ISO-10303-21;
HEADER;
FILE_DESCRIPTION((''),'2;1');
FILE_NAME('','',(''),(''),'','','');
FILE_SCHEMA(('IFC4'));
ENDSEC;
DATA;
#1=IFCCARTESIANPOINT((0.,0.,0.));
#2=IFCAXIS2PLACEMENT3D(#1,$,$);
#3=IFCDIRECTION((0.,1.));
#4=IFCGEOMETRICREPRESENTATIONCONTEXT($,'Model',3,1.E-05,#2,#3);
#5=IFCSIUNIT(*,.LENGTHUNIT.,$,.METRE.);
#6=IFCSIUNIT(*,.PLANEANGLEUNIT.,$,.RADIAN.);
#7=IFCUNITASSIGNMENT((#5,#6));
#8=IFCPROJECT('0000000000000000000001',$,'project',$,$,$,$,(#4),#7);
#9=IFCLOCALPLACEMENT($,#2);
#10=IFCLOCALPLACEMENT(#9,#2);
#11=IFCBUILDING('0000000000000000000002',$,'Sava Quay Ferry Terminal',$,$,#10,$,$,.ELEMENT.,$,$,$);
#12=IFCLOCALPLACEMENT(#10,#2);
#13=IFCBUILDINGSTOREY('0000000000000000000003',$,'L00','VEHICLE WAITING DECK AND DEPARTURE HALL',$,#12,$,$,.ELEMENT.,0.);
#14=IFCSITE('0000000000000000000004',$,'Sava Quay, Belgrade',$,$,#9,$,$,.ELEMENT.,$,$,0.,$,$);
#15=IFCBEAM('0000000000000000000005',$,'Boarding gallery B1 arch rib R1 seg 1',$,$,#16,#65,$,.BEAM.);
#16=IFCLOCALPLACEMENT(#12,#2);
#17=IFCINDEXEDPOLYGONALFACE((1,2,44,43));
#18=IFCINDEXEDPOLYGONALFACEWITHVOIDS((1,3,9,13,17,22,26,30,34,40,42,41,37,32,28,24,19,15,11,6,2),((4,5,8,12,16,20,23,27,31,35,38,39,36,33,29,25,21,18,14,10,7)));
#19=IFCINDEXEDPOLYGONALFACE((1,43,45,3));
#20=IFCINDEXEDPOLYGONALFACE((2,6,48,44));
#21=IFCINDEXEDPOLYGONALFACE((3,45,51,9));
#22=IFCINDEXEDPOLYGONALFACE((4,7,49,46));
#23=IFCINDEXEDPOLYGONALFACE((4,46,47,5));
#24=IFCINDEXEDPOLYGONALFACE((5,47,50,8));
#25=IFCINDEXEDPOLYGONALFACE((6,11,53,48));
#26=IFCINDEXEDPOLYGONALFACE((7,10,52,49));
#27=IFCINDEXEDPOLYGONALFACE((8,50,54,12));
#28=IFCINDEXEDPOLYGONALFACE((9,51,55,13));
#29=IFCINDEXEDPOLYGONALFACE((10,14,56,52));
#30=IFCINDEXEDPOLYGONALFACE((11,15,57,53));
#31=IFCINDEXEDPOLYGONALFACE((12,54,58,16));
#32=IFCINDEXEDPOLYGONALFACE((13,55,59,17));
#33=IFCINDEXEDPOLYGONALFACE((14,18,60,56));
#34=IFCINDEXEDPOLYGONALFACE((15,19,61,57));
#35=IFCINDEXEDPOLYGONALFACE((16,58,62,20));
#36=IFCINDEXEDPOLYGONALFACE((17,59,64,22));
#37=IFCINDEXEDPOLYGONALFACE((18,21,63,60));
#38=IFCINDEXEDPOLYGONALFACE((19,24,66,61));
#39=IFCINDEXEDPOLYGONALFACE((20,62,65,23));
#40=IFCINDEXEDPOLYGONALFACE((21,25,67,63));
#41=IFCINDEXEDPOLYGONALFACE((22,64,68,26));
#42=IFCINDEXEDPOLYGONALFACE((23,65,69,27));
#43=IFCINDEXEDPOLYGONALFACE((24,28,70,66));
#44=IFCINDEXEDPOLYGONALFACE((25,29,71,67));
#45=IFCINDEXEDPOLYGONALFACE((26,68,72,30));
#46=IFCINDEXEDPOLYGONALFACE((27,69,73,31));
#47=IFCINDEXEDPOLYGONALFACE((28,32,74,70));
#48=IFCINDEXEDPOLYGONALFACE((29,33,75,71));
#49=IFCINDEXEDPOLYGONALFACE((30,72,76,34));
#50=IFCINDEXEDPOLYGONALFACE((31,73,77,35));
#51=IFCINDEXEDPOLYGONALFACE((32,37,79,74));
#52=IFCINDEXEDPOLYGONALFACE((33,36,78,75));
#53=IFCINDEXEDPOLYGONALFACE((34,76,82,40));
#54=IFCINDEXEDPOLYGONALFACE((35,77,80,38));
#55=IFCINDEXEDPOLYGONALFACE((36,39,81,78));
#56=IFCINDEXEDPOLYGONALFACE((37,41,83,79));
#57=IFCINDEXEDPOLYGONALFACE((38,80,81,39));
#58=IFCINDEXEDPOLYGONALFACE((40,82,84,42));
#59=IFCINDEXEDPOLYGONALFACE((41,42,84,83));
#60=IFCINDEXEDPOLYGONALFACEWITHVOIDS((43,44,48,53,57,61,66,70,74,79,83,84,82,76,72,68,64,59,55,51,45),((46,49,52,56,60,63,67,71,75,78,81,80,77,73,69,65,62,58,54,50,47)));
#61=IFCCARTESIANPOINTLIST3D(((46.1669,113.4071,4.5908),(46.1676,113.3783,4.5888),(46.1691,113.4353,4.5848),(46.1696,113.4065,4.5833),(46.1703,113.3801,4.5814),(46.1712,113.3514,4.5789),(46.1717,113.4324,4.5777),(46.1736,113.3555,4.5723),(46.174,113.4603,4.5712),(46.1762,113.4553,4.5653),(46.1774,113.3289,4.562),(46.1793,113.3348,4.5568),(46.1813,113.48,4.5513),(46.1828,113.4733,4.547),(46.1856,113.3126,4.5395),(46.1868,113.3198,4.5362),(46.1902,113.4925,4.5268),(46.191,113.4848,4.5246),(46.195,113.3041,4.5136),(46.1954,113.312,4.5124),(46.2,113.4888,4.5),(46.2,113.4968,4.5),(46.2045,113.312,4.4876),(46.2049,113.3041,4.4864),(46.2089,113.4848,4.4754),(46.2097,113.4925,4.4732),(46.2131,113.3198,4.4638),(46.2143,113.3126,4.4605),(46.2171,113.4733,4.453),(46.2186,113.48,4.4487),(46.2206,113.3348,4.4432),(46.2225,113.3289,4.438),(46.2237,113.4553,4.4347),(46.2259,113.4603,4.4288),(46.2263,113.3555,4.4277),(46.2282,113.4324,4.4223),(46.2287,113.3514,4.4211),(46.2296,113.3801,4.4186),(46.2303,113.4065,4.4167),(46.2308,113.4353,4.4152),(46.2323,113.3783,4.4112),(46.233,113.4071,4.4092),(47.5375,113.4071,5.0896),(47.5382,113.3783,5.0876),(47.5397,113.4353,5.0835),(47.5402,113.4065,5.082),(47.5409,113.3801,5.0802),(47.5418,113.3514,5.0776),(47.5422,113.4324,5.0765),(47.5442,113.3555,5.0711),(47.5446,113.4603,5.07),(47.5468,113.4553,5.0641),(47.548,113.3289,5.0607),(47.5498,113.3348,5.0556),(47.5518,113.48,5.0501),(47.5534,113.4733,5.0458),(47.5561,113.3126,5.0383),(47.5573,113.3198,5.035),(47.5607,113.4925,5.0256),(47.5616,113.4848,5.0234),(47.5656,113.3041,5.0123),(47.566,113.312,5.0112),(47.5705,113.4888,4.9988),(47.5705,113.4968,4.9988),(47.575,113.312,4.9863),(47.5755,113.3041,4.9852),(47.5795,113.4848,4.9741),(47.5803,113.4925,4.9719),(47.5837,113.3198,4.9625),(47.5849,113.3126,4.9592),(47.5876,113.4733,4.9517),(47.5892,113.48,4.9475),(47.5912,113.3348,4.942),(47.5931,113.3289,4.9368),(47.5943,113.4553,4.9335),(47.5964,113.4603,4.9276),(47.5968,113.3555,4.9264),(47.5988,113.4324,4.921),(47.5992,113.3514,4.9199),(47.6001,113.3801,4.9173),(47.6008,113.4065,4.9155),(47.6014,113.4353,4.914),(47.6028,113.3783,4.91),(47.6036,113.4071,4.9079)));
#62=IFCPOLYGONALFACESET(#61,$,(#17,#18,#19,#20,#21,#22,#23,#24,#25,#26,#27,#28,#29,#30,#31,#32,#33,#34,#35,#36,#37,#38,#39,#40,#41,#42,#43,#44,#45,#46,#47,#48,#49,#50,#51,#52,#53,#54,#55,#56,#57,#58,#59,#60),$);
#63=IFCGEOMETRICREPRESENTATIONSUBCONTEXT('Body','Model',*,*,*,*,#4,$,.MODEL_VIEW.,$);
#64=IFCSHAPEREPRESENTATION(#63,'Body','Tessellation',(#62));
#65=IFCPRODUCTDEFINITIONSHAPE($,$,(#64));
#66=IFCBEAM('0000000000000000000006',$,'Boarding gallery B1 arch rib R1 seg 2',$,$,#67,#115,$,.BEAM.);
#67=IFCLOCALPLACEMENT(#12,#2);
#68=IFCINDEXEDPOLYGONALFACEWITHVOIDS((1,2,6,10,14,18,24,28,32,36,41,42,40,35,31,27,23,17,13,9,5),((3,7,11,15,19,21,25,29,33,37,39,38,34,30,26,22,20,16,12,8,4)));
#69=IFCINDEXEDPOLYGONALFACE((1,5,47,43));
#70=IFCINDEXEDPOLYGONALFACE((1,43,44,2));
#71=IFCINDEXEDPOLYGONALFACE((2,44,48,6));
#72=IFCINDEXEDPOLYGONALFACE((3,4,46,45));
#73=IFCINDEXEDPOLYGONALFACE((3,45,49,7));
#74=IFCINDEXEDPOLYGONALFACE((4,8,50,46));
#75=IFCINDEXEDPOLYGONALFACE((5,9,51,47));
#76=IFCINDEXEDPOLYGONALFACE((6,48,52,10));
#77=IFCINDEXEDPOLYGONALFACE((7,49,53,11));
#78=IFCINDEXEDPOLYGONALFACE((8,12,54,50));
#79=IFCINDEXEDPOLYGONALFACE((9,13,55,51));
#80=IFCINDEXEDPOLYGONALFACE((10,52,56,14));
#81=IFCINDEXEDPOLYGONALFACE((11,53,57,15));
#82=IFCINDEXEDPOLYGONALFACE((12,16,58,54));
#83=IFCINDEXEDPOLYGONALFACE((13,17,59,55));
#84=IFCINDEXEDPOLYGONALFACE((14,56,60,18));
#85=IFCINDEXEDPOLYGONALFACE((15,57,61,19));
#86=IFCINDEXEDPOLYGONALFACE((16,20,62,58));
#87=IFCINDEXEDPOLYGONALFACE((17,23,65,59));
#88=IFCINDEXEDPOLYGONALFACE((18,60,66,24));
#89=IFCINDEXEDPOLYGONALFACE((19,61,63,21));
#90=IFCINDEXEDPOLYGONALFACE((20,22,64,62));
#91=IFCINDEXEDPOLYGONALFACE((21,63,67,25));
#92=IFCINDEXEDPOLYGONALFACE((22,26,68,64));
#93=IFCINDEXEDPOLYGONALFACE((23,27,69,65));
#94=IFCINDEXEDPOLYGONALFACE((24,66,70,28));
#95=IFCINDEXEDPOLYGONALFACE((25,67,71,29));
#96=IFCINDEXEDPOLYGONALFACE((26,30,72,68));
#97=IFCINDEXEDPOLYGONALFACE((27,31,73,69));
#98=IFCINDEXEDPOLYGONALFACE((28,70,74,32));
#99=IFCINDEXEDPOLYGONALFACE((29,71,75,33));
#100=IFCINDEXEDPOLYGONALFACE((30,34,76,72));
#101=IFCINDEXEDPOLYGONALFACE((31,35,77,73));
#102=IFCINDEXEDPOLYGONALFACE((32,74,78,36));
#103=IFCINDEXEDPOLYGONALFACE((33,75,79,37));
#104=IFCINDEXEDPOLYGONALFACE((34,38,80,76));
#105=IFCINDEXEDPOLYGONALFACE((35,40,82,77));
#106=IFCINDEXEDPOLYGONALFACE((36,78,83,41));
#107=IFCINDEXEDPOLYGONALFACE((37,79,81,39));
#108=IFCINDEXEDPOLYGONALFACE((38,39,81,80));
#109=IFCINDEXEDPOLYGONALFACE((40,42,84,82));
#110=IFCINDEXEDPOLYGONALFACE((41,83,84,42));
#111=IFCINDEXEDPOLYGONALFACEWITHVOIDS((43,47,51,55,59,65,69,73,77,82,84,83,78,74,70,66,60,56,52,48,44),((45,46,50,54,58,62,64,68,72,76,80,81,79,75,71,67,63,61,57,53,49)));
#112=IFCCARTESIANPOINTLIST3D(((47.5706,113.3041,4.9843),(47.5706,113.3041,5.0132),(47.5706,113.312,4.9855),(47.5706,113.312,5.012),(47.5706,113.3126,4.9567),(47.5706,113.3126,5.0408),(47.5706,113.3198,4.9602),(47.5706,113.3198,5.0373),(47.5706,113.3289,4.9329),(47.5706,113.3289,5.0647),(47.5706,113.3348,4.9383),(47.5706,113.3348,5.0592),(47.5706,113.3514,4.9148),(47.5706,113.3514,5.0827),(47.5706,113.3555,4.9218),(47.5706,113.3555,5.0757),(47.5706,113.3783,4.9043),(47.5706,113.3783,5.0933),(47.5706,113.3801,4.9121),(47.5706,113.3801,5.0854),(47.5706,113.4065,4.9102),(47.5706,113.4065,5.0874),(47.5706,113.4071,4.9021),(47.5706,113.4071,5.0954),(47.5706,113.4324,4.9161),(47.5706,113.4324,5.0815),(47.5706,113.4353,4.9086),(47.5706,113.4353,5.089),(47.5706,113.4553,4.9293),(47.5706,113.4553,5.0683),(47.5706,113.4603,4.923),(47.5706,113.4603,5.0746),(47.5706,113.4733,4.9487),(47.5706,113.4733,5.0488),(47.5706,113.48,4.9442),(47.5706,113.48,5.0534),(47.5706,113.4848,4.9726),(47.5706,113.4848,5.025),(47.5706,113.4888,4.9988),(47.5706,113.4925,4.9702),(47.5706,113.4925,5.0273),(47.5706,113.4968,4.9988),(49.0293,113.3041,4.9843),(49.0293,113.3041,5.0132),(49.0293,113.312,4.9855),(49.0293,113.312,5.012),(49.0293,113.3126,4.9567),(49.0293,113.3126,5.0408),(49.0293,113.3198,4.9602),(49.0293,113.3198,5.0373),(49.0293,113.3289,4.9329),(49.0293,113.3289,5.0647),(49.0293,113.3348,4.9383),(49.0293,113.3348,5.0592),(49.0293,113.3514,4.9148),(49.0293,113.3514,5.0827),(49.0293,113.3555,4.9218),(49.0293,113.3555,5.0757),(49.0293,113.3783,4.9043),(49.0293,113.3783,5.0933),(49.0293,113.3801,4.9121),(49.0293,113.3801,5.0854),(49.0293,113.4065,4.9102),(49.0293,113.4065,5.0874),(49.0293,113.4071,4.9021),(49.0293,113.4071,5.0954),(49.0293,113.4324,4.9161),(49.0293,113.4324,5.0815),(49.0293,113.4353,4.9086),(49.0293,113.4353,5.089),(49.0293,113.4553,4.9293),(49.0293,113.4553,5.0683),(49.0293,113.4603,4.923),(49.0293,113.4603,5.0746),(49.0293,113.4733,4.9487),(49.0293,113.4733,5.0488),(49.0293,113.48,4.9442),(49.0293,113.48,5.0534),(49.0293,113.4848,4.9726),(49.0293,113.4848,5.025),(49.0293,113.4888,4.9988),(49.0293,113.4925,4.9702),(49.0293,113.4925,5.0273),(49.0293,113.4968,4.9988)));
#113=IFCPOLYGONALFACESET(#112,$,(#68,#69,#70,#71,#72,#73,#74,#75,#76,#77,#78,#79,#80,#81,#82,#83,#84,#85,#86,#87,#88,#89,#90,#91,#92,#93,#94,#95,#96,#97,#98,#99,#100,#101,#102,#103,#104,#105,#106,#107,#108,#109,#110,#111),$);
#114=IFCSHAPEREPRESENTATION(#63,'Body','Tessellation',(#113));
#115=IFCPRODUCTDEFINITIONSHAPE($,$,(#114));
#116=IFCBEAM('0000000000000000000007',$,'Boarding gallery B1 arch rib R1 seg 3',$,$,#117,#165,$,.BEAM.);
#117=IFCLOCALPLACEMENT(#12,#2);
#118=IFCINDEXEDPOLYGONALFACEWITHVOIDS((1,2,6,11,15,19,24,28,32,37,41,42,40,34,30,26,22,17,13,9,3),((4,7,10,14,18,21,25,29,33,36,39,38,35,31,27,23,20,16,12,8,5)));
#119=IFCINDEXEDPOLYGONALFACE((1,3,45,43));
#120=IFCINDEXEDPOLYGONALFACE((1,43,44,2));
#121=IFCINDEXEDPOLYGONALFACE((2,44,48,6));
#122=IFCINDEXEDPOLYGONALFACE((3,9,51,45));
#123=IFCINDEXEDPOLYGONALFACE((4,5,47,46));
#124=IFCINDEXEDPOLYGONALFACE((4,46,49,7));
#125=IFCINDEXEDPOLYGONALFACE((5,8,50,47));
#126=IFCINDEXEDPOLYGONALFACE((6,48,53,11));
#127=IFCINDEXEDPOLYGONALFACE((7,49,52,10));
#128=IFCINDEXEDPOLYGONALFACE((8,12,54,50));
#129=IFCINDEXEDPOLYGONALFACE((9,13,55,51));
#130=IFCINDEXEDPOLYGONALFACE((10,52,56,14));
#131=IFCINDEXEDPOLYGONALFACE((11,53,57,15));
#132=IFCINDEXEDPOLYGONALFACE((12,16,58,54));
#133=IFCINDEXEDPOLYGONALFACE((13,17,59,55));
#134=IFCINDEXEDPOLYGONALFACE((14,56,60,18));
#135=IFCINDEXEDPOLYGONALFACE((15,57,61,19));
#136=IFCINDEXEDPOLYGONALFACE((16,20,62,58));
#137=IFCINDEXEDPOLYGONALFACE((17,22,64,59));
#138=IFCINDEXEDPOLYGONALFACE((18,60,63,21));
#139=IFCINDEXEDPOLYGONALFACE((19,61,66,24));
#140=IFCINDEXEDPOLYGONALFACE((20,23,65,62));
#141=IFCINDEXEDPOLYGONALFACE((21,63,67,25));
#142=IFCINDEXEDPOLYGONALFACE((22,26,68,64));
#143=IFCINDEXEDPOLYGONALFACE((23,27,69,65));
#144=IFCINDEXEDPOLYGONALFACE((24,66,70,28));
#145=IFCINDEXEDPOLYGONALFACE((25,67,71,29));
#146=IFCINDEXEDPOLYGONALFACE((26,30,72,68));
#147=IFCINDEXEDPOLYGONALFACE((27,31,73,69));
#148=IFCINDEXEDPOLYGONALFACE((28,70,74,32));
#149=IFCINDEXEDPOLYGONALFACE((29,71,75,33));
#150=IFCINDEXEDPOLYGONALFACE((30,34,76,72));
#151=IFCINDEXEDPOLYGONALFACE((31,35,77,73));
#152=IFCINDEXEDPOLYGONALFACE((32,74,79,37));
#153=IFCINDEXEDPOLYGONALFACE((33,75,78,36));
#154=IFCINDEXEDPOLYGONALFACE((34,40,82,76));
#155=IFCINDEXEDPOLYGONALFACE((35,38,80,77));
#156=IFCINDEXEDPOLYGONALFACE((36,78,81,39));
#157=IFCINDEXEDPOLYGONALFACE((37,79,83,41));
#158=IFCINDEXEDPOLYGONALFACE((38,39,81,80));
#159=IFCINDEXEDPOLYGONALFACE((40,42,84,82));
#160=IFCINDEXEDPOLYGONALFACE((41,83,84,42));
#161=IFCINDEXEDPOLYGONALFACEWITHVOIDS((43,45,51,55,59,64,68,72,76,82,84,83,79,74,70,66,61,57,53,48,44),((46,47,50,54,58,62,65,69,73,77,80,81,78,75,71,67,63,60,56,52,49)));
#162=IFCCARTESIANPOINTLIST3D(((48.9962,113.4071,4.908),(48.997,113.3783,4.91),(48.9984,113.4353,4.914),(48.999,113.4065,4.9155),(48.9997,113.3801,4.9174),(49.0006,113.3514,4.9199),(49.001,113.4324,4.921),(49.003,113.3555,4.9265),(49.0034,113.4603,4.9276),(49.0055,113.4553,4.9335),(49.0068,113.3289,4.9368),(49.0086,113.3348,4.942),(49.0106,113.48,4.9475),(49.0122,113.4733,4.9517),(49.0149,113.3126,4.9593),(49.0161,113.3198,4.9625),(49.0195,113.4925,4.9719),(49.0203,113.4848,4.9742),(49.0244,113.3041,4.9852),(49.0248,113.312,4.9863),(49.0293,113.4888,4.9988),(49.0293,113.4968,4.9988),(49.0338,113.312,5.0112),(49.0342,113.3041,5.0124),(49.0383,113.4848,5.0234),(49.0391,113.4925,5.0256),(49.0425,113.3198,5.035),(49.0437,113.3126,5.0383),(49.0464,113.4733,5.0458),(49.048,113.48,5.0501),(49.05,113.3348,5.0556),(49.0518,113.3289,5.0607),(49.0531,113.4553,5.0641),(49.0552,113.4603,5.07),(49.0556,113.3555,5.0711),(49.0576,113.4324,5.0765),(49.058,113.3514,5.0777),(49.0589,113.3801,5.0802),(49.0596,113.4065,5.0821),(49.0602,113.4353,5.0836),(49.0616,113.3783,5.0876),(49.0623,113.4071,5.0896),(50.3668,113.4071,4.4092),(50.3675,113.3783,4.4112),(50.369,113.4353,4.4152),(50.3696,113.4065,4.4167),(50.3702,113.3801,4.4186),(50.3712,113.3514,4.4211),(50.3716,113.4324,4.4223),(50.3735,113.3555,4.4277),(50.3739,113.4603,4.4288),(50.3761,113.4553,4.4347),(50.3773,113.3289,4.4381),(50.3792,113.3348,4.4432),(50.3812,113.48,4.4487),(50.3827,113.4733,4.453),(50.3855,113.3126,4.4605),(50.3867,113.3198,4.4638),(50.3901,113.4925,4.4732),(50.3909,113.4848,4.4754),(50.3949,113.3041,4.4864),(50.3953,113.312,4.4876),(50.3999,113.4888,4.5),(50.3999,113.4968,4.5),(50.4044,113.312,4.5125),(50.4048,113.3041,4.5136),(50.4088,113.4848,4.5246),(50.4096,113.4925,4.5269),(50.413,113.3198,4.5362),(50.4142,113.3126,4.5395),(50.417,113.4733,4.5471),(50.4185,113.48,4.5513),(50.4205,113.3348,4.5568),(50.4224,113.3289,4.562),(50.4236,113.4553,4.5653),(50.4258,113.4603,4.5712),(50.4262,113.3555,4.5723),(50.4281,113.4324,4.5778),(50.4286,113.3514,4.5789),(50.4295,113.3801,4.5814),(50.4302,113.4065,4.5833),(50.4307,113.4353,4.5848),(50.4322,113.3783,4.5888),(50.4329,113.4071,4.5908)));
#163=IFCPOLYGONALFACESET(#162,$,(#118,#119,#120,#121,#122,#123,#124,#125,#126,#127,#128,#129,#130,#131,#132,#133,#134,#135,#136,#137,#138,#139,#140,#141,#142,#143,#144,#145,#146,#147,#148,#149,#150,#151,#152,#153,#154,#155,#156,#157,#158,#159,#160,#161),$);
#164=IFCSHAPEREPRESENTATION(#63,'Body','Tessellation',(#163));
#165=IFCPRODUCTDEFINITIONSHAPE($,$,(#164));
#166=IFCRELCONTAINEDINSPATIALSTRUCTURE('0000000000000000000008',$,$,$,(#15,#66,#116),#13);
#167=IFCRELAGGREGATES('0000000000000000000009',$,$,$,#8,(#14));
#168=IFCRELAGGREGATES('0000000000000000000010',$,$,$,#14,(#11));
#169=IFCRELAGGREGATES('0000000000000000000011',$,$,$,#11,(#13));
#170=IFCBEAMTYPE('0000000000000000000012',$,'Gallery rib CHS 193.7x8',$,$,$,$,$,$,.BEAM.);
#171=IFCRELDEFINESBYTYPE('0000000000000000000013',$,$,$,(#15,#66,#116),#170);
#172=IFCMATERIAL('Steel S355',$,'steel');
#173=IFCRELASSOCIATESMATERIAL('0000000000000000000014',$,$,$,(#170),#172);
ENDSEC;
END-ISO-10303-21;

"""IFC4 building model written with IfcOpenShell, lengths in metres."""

from ifc_helpers import new_model, si_unit, direction, frame, origin, origin_2d, place, context, subcontext, project, spatial, hollow_circle, extrude, material, material_profile, profile_set, type_object, element, save


model = new_model("IFC4")

# Units and contexts
model_context = context("Model", 3, precision=1e-05, world=origin(), true_north=direction((0.0, 1.0)))
body_context = subcontext(model_context, "Body", "Model", "MODEL_VIEW")
ifc_project = project(units=[si_unit("LENGTHUNIT", "METRE"), si_unit("PLANEANGLEUNIT", "RADIAN")], contexts=[model_context])

# Site, building, storey
site_placement = place(None, origin())
site = spatial("IfcSite", under=ifc_project, at=site_placement, Name="Sava Quay, Belgrade", CompositionType="ELEMENT", RefElevation=0.0)
building_placement = place(site_placement, origin())
building = spatial("IfcBuilding", under=site, at=building_placement, Name="Sava Quay Ferry Terminal", CompositionType="ELEMENT")
storey_placement = place(building_placement, origin())
storey = spatial("IfcBuildingStorey", under=building, at=storey_placement, Name="L00", Description="VEHICLE WAITING DECK AND DEPARTURE HALL", CompositionType="ELEMENT", Elevation=0.0)

# Beams
ifc_material_1 = material(Name="Steel S355", Category="steel")
ifc_material_profile_1 = material_profile(ifc_material_1, hollow_circle(Radius=0.0969, WallThickness=0.0081, at=origin_2d()), Name="CHS 193.7 x 8.0")
ifc_profile_set_1 = profile_set([ifc_material_profile_1], Name="Steel S355")
beam_type_1 = type_object("IfcBeamType", Name="Gallery rib CHS 193.7x8", PredefinedType="BEAM", material=ifc_profile_set_1)
beam_1_placement = place(storey_placement, frame((46.2, 113.3999, 4.5), z_axis=(0.93971, 0.0, 0.341972), x_axis=(0.0, 1.0, 0.0)))
element("IfcBeam", 1, at=beam_1_placement, inside=storey, type_object=beam_type_1, Name="Boarding gallery B1 arch rib R1 seg 1", PredefinedType="BEAM", context=body_context, shape_type="SweptSolid", body=[
    extrude(hollow_circle(Radius=0.0969, WallThickness=0.0081, at=origin_2d()), origin(), (0.0, 0.0, 1.0), 1.4585),
])
beam_2_placement = place(storey_placement, frame((47.5706, 113.3999, 4.9988), z_axis=(1.0, 0.0, 0.0), x_axis=(0.0, 1.0, 0.0)))
element("IfcBeam", 2, at=beam_2_placement, inside=storey, type_object=beam_type_1, Name="Boarding gallery B1 arch rib R1 seg 2", PredefinedType="BEAM", context=body_context, shape_type="SweptSolid", body=[
    extrude(hollow_circle(Radius=0.0969, WallThickness=0.0081, at=origin_2d()), origin(), (0.0, 0.0, 1.0), 1.4587),
])
for number, where, z_axis, x_axis, name in (
    (3, (49.0293, 113.3999, 4.9988), (0.93971, 0.0, -0.341972), (0.0, 1.0, 0.0), "Boarding gallery B1 arch rib R1 seg 3"),
):
    element("IfcBeam", number, at=place(storey_placement, frame(where, z_axis=z_axis, x_axis=x_axis)), inside=storey, type_object=beam_type_1, Name=name, PredefinedType="BEAM", context=body_context, shape_type="SweptSolid", body=[
        extrude(hollow_circle(Radius=0.0969, WallThickness=0.0081, at=origin_2d()), origin(), (0.0, 0.0, 1.0), 1.4585),
    ])

save(model, "model.ifc")
